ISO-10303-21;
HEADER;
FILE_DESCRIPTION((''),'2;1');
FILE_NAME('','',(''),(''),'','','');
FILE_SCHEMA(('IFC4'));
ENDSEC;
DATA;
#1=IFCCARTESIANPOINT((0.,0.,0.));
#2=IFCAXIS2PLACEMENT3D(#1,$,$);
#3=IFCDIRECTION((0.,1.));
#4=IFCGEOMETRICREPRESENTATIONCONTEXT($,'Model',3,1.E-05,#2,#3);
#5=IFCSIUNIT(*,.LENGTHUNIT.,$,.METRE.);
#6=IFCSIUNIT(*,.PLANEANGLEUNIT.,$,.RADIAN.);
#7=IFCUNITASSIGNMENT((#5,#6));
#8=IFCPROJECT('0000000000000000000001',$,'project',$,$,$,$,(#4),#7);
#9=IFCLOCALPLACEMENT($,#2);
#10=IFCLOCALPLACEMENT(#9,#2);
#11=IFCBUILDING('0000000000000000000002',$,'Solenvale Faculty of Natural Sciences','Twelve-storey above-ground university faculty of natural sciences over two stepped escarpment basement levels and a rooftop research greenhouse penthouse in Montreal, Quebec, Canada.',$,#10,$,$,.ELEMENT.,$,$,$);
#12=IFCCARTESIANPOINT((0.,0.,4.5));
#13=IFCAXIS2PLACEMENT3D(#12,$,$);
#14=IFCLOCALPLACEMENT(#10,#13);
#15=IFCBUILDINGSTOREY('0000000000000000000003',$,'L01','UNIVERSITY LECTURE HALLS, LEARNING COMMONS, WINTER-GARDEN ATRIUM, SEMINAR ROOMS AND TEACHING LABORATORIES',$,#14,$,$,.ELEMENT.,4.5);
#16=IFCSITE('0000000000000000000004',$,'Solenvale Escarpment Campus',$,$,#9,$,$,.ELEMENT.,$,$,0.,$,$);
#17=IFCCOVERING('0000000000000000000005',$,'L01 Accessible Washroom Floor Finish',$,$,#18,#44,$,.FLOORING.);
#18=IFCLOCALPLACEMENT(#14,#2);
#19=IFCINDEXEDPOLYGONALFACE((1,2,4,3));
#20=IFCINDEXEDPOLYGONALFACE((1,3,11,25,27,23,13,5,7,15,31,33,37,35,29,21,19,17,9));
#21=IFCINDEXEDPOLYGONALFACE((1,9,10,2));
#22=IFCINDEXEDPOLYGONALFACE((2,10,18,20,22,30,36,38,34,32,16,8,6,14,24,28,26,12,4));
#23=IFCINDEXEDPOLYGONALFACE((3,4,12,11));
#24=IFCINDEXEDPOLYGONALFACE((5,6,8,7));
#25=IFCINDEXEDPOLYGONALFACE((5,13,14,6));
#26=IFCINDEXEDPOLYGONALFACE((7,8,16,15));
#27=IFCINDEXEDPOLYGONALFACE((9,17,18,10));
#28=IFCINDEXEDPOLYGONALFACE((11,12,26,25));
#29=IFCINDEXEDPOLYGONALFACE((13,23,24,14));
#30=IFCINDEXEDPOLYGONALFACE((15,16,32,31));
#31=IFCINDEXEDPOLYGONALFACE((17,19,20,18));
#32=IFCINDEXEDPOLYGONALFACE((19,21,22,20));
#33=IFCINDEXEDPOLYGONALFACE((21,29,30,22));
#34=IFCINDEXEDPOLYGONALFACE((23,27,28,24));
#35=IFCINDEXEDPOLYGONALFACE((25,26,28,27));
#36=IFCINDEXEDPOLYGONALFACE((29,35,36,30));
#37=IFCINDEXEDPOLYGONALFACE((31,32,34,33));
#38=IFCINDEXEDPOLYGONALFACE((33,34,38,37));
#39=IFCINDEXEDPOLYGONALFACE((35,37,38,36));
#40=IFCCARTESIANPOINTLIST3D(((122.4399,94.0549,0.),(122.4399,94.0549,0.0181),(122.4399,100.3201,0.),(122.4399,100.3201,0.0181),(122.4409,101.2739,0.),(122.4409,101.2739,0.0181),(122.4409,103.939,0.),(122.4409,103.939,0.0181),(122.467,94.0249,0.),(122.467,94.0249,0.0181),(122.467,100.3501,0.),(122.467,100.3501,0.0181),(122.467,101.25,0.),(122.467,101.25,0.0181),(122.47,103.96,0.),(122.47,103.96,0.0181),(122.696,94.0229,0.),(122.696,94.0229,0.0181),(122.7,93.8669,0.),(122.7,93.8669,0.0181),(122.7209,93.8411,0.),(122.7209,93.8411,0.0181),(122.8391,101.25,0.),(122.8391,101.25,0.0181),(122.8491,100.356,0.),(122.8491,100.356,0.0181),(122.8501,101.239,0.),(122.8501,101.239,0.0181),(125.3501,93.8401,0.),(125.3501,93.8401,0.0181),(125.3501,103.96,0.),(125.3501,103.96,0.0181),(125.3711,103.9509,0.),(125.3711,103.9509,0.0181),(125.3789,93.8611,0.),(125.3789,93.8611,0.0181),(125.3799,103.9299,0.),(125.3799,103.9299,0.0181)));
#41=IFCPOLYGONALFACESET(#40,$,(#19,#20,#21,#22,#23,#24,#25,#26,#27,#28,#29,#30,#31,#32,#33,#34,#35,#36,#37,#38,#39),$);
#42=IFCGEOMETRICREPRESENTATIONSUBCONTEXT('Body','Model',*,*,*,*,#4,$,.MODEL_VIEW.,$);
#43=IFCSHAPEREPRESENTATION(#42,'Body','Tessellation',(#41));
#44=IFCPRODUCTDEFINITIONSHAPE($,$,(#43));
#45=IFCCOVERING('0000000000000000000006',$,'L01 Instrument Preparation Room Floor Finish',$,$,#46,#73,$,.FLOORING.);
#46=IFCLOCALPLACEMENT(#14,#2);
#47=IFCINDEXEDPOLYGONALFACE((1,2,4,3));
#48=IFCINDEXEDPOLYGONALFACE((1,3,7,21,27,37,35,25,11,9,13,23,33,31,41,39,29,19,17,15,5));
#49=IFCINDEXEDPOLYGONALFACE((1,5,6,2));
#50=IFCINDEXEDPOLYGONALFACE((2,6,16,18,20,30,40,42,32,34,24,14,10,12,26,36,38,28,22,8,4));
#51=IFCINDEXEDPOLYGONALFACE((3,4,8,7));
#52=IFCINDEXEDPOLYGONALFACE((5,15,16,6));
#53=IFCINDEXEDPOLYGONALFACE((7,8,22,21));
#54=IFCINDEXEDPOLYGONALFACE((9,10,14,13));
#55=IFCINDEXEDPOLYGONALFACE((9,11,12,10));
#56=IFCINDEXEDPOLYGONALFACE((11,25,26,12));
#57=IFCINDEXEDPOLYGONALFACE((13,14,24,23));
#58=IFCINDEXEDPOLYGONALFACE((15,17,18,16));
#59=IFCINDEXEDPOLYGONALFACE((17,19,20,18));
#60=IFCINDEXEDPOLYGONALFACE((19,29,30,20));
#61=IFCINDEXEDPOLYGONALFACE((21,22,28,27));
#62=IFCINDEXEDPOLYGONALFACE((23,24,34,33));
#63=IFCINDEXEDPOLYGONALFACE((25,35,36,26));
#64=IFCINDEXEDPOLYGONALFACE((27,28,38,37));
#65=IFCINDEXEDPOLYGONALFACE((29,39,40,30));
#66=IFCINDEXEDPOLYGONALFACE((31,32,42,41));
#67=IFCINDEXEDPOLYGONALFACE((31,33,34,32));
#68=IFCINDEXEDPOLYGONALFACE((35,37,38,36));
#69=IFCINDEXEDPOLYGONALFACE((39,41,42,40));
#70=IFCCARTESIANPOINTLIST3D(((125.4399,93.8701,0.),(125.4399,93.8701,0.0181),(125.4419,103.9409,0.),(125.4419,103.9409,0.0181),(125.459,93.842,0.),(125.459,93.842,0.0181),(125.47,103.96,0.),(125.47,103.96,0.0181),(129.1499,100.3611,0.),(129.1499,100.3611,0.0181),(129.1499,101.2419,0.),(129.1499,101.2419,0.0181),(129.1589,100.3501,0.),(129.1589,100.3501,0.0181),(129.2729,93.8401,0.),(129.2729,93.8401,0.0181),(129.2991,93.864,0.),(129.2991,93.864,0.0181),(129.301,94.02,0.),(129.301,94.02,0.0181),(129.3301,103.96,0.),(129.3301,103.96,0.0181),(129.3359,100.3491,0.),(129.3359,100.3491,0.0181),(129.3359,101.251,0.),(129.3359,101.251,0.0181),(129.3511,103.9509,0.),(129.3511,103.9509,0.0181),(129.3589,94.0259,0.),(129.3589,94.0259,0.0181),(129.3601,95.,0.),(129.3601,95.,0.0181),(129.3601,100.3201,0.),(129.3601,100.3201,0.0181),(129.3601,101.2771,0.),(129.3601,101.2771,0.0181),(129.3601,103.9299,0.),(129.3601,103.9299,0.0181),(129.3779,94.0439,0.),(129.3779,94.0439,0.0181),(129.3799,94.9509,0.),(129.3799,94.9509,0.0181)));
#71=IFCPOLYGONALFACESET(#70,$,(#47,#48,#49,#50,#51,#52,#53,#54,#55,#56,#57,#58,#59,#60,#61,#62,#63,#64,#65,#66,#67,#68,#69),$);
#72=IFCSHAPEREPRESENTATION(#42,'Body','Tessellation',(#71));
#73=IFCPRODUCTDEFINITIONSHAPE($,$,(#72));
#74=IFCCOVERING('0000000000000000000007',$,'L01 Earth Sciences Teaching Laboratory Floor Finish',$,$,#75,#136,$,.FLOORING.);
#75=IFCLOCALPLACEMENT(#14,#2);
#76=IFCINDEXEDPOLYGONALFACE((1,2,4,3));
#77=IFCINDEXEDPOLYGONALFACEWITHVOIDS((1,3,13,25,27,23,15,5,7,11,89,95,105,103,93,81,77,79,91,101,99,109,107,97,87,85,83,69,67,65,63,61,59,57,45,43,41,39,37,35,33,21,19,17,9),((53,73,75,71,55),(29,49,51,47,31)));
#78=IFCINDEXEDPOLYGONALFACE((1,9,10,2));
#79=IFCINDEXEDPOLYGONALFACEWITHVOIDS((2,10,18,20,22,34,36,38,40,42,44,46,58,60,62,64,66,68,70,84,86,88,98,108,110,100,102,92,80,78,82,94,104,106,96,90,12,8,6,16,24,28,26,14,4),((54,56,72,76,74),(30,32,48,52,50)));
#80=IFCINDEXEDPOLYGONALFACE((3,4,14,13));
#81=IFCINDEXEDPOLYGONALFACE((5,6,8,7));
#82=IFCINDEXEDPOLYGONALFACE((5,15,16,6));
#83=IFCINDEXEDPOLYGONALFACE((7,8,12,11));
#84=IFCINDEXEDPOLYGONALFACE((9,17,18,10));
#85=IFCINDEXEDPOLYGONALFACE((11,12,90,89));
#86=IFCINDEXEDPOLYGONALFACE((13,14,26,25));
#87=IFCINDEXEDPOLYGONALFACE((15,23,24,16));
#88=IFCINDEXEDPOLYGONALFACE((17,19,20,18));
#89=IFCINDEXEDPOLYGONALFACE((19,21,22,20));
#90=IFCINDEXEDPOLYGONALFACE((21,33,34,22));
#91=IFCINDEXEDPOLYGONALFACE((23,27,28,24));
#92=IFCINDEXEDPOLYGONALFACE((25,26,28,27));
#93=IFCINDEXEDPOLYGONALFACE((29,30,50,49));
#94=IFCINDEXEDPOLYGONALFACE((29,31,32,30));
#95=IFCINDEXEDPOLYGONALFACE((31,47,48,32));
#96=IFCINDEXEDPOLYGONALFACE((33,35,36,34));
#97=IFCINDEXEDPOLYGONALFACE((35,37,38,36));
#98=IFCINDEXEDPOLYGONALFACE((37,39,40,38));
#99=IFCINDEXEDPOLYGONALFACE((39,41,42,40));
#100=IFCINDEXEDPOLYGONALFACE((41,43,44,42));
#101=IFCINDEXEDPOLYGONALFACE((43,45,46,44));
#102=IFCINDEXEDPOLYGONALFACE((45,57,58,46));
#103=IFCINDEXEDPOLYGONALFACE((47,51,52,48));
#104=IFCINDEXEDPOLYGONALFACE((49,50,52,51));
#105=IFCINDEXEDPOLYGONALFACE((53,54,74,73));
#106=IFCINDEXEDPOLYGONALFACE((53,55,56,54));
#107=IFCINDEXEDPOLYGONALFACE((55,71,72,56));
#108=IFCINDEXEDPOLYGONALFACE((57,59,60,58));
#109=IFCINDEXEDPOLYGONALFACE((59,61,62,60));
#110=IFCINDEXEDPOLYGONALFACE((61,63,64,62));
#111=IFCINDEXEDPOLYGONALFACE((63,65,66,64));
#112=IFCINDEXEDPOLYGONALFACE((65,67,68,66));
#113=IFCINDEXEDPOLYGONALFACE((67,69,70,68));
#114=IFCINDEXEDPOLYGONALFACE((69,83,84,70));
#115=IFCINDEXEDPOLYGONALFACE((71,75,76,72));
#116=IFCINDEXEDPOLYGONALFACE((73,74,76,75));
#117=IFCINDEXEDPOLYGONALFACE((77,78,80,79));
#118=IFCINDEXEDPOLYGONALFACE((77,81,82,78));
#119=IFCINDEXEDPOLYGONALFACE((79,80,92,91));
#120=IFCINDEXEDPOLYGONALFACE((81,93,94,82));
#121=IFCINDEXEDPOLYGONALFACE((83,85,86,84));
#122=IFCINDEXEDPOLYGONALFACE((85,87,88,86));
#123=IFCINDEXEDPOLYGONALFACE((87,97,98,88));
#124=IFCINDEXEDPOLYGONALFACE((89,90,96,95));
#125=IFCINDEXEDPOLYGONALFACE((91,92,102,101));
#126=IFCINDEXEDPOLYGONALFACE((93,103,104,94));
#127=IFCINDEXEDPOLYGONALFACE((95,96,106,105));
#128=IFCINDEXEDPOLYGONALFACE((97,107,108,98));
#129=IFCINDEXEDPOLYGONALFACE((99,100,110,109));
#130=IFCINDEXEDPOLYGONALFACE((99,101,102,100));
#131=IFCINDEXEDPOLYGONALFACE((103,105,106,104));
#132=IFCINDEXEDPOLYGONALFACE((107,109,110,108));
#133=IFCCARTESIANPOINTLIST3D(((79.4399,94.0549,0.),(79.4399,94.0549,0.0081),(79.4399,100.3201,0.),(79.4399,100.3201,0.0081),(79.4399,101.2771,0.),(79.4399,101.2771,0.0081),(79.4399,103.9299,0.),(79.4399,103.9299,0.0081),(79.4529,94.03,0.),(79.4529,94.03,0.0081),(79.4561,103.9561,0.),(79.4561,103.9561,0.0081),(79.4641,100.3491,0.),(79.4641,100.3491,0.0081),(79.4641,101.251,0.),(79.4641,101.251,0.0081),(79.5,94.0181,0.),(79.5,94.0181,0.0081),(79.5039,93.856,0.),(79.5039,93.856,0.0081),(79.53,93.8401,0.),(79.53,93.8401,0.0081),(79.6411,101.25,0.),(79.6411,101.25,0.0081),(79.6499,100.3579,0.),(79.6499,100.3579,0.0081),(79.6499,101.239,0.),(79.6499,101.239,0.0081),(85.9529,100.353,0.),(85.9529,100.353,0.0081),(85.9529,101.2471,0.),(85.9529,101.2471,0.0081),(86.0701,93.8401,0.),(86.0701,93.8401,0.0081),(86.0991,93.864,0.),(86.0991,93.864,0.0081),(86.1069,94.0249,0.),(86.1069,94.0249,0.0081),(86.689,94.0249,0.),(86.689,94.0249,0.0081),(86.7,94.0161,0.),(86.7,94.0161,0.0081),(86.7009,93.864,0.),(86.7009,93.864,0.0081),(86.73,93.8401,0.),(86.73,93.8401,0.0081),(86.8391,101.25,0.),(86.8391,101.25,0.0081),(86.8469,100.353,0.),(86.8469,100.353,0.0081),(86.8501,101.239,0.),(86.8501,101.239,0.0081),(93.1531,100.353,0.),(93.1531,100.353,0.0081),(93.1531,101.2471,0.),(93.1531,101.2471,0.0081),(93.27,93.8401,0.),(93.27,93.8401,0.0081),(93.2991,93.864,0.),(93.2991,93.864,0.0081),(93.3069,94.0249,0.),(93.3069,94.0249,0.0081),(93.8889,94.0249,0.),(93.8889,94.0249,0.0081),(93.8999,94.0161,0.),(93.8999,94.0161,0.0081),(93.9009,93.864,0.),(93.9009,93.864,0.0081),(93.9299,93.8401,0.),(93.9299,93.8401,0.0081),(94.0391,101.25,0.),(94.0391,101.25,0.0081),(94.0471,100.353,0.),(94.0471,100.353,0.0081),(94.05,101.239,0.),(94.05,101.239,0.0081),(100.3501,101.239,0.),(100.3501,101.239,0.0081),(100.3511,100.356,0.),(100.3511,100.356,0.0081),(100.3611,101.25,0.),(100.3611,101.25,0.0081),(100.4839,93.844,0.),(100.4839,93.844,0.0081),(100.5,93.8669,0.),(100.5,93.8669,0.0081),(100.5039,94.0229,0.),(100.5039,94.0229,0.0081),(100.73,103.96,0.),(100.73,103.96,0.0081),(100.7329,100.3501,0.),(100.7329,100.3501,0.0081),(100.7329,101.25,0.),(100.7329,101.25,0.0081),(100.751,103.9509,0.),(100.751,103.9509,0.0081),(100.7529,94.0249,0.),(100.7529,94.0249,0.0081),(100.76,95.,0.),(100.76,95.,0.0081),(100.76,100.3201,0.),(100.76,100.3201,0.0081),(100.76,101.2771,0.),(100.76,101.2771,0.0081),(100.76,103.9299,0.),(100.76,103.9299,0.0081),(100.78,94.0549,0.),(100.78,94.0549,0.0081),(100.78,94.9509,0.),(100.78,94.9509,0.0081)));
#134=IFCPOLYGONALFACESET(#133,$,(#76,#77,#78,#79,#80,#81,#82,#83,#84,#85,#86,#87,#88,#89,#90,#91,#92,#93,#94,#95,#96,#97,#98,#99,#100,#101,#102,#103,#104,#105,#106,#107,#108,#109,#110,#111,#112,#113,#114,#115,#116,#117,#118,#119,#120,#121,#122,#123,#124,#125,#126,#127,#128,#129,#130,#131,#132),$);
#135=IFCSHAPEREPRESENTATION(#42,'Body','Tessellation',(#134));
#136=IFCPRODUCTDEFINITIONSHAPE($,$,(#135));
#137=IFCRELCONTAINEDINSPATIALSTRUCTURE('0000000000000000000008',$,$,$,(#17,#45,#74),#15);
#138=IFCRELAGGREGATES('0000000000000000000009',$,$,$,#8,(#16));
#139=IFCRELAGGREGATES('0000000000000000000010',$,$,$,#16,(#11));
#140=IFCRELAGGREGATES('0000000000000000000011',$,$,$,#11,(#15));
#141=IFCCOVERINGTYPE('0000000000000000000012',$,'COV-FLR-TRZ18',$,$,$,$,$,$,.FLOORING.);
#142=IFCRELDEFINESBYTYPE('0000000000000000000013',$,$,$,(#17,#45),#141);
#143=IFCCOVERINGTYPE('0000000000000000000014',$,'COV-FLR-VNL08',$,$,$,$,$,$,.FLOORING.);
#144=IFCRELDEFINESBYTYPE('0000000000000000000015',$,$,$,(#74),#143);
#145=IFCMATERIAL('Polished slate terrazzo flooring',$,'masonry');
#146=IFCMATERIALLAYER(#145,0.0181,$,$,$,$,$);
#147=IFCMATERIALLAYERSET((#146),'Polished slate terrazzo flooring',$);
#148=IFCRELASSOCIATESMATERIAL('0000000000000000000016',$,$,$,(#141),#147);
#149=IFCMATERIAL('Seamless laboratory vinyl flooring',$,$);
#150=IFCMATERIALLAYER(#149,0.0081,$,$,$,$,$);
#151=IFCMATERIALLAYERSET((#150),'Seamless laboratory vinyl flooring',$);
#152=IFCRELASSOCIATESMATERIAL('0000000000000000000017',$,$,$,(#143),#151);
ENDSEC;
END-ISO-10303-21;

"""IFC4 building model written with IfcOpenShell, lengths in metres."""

from ifc_helpers import new_model, si_unit, direction, frame, origin, place, context, subcontext, project, spatial, polyline, outline, extrude, material, layer, layer_set, type_object, element, save


model = new_model("IFC4")

# Units and contexts
model_context = context("Model", 3, precision=1e-05, world=origin(), true_north=direction((0.0, 1.0)))
body_context = subcontext(model_context, "Body", "Model", "MODEL_VIEW")
ifc_project = project(units=[si_unit("LENGTHUNIT", "METRE"), si_unit("PLANEANGLEUNIT", "RADIAN")], contexts=[model_context])

# Site, building, storey
site_placement = place(None, origin())
site = spatial("IfcSite", under=ifc_project, at=site_placement, Name="Solenvale Escarpment Campus", CompositionType="ELEMENT", RefElevation=0.0)
building_placement = place(site_placement, origin())
building = spatial("IfcBuilding", under=site, at=building_placement, Name="Solenvale Faculty of Natural Sciences", Description="Twelve-storey above-ground university faculty of natural sciences over two stepped escarpment basement levels and a rooftop research greenhouse penthouse in Montreal, Quebec, Canada.", CompositionType="ELEMENT")
storey_placement = place(building_placement, frame((0.0, 0.0, 4.5)))
storey = spatial("IfcBuildingStorey", under=building, at=storey_placement, Name="L01", Description="UNIVERSITY LECTURE HALLS, LEARNING COMMONS, WINTER-GARDEN ATRIUM, SEMINAR ROOMS AND TEACHING LABORATORIES", CompositionType="ELEMENT", Elevation=4.5)

# Coverings
ifc_material_1 = material(Name="Polished slate terrazzo flooring", Category="masonry")
ifc_layer_1 = layer(ifc_material_1, 0.0181)
ifc_layer_set_1 = layer_set([ifc_layer_1], Name="Polished slate terrazzo flooring")
covering_type_1 = type_object("IfcCoveringType", Name="COV-FLR-TRZ18", PredefinedType="FLOORING", material=ifc_layer_set_1)
covering_1_placement = place(storey_placement, origin())
element("IfcCovering", 1, at=covering_1_placement, inside=storey, type_object=covering_type_1, Name="L01 Accessible Washroom Floor Finish", PredefinedType="FLOORING", context=body_context, shape_type="SweptSolid", body=[
    extrude(outline(polyline([(125.3501, 103.96), (125.3711, 103.9509), (125.3799, 103.9299), (125.3789, 93.8611), (125.3501, 93.8401), (122.7209, 93.8411), (122.7, 93.8669), (122.696, 94.0229), (122.467, 94.0249), (122.4399, 94.0549), (122.4399, 100.3201), (122.467, 100.3501), (122.8491, 100.356), (122.8501, 101.239), (122.8391, 101.25), (122.467, 101.25), (122.4409, 101.2739), (122.4409, 103.939), (122.47, 103.96), (125.3501, 103.96)])), origin(), (0.0, 0.0, 1.0), 0.0181),
])
covering_2_placement = place(storey_placement, origin())
element("IfcCovering", 2, at=covering_2_placement, inside=storey, type_object=covering_type_1, Name="L01 Instrument Preparation Room Floor Finish", PredefinedType="FLOORING", context=body_context, shape_type="SweptSolid", body=[
    extrude(outline(polyline([(129.3301, 103.96), (129.3511, 103.9509), (129.3601, 103.9299), (129.3601, 101.2771), (129.3359, 101.251), (129.1499, 101.2419), (129.1499, 100.3611), (129.1589, 100.3501), (129.3359, 100.3491), (129.3601, 100.3201), (129.3601, 95.0), (129.3799, 94.9509), (129.3779, 94.0439), (129.3589, 94.0259), (129.301, 94.02), (129.2991, 93.864), (129.2729, 93.8401), (125.459, 93.842), (125.4399, 93.8701), (125.4419, 103.9409), (125.47, 103.96), (129.3301, 103.96)])), origin(), (0.0, 0.0, 1.0), 0.0181),
])
ifc_material_2 = material(Name="Seamless laboratory vinyl flooring")
ifc_layer_2 = layer(ifc_material_2, 0.0081)
ifc_layer_set_2 = layer_set([ifc_layer_2], Name="Seamless laboratory vinyl flooring")
covering_type_2 = type_object("IfcCoveringType", Name="COV-FLR-VNL08", PredefinedType="FLOORING", material=ifc_layer_set_2)
covering_3_placement = place(storey_placement, origin())
element("IfcCovering", 3, at=covering_3_placement, inside=storey, type_object=covering_type_2, Name="L01 Earth Sciences Teaching Laboratory Floor Finish", PredefinedType="FLOORING", context=body_context, shape_type="SweptSolid", body=[
    extrude(outline(polyline([(100.73, 103.96), (100.751, 103.9509), (100.76, 103.9299), (100.76, 101.2771), (100.7329, 101.25), (100.3611, 101.25), (100.3501, 101.239), (100.3511, 100.356), (100.7329, 100.3501), (100.76, 100.3201), (100.76, 95.0), (100.78, 94.9509), (100.78, 94.0549), (100.7529, 94.0249), (100.5039, 94.0229), (100.5, 93.8669), (100.4839, 93.844), (93.9299, 93.8401), (93.9009, 93.864), (93.8999, 94.0161), (93.8889, 94.0249), (93.3069, 94.0249), (93.2991, 93.864), (93.27, 93.8401), (86.73, 93.8401), (86.7009, 93.864), (86.7, 94.0161), (86.689, 94.0249), (86.1069, 94.0249), (86.0991, 93.864), (86.0701, 93.8401), (79.53, 93.8401), (79.5039, 93.856), (79.5, 94.0181), (79.4529, 94.03), (79.4399, 94.0549), (79.4399, 100.3201), (79.4641, 100.3491), (79.6499, 100.3579), (79.6499, 101.239), (79.6411, 101.25), (79.4641, 101.251), (79.4399, 101.2771), (79.4399, 103.9299), (79.4561, 103.9561), (100.73, 103.96)]), holes=[polyline([(94.05, 101.239), (94.0391, 101.25), (93.1531, 101.2471), (93.1531, 100.353), (94.0471, 100.353), (94.05, 101.239)]), polyline([(86.8501, 101.239), (86.8391, 101.25), (85.9529, 101.2471), (85.9529, 100.353), (86.8469, 100.353), (86.8501, 101.239)])]), origin(), (0.0, 0.0, 1.0), 0.0081),
])

save(model, "model.ifc")
